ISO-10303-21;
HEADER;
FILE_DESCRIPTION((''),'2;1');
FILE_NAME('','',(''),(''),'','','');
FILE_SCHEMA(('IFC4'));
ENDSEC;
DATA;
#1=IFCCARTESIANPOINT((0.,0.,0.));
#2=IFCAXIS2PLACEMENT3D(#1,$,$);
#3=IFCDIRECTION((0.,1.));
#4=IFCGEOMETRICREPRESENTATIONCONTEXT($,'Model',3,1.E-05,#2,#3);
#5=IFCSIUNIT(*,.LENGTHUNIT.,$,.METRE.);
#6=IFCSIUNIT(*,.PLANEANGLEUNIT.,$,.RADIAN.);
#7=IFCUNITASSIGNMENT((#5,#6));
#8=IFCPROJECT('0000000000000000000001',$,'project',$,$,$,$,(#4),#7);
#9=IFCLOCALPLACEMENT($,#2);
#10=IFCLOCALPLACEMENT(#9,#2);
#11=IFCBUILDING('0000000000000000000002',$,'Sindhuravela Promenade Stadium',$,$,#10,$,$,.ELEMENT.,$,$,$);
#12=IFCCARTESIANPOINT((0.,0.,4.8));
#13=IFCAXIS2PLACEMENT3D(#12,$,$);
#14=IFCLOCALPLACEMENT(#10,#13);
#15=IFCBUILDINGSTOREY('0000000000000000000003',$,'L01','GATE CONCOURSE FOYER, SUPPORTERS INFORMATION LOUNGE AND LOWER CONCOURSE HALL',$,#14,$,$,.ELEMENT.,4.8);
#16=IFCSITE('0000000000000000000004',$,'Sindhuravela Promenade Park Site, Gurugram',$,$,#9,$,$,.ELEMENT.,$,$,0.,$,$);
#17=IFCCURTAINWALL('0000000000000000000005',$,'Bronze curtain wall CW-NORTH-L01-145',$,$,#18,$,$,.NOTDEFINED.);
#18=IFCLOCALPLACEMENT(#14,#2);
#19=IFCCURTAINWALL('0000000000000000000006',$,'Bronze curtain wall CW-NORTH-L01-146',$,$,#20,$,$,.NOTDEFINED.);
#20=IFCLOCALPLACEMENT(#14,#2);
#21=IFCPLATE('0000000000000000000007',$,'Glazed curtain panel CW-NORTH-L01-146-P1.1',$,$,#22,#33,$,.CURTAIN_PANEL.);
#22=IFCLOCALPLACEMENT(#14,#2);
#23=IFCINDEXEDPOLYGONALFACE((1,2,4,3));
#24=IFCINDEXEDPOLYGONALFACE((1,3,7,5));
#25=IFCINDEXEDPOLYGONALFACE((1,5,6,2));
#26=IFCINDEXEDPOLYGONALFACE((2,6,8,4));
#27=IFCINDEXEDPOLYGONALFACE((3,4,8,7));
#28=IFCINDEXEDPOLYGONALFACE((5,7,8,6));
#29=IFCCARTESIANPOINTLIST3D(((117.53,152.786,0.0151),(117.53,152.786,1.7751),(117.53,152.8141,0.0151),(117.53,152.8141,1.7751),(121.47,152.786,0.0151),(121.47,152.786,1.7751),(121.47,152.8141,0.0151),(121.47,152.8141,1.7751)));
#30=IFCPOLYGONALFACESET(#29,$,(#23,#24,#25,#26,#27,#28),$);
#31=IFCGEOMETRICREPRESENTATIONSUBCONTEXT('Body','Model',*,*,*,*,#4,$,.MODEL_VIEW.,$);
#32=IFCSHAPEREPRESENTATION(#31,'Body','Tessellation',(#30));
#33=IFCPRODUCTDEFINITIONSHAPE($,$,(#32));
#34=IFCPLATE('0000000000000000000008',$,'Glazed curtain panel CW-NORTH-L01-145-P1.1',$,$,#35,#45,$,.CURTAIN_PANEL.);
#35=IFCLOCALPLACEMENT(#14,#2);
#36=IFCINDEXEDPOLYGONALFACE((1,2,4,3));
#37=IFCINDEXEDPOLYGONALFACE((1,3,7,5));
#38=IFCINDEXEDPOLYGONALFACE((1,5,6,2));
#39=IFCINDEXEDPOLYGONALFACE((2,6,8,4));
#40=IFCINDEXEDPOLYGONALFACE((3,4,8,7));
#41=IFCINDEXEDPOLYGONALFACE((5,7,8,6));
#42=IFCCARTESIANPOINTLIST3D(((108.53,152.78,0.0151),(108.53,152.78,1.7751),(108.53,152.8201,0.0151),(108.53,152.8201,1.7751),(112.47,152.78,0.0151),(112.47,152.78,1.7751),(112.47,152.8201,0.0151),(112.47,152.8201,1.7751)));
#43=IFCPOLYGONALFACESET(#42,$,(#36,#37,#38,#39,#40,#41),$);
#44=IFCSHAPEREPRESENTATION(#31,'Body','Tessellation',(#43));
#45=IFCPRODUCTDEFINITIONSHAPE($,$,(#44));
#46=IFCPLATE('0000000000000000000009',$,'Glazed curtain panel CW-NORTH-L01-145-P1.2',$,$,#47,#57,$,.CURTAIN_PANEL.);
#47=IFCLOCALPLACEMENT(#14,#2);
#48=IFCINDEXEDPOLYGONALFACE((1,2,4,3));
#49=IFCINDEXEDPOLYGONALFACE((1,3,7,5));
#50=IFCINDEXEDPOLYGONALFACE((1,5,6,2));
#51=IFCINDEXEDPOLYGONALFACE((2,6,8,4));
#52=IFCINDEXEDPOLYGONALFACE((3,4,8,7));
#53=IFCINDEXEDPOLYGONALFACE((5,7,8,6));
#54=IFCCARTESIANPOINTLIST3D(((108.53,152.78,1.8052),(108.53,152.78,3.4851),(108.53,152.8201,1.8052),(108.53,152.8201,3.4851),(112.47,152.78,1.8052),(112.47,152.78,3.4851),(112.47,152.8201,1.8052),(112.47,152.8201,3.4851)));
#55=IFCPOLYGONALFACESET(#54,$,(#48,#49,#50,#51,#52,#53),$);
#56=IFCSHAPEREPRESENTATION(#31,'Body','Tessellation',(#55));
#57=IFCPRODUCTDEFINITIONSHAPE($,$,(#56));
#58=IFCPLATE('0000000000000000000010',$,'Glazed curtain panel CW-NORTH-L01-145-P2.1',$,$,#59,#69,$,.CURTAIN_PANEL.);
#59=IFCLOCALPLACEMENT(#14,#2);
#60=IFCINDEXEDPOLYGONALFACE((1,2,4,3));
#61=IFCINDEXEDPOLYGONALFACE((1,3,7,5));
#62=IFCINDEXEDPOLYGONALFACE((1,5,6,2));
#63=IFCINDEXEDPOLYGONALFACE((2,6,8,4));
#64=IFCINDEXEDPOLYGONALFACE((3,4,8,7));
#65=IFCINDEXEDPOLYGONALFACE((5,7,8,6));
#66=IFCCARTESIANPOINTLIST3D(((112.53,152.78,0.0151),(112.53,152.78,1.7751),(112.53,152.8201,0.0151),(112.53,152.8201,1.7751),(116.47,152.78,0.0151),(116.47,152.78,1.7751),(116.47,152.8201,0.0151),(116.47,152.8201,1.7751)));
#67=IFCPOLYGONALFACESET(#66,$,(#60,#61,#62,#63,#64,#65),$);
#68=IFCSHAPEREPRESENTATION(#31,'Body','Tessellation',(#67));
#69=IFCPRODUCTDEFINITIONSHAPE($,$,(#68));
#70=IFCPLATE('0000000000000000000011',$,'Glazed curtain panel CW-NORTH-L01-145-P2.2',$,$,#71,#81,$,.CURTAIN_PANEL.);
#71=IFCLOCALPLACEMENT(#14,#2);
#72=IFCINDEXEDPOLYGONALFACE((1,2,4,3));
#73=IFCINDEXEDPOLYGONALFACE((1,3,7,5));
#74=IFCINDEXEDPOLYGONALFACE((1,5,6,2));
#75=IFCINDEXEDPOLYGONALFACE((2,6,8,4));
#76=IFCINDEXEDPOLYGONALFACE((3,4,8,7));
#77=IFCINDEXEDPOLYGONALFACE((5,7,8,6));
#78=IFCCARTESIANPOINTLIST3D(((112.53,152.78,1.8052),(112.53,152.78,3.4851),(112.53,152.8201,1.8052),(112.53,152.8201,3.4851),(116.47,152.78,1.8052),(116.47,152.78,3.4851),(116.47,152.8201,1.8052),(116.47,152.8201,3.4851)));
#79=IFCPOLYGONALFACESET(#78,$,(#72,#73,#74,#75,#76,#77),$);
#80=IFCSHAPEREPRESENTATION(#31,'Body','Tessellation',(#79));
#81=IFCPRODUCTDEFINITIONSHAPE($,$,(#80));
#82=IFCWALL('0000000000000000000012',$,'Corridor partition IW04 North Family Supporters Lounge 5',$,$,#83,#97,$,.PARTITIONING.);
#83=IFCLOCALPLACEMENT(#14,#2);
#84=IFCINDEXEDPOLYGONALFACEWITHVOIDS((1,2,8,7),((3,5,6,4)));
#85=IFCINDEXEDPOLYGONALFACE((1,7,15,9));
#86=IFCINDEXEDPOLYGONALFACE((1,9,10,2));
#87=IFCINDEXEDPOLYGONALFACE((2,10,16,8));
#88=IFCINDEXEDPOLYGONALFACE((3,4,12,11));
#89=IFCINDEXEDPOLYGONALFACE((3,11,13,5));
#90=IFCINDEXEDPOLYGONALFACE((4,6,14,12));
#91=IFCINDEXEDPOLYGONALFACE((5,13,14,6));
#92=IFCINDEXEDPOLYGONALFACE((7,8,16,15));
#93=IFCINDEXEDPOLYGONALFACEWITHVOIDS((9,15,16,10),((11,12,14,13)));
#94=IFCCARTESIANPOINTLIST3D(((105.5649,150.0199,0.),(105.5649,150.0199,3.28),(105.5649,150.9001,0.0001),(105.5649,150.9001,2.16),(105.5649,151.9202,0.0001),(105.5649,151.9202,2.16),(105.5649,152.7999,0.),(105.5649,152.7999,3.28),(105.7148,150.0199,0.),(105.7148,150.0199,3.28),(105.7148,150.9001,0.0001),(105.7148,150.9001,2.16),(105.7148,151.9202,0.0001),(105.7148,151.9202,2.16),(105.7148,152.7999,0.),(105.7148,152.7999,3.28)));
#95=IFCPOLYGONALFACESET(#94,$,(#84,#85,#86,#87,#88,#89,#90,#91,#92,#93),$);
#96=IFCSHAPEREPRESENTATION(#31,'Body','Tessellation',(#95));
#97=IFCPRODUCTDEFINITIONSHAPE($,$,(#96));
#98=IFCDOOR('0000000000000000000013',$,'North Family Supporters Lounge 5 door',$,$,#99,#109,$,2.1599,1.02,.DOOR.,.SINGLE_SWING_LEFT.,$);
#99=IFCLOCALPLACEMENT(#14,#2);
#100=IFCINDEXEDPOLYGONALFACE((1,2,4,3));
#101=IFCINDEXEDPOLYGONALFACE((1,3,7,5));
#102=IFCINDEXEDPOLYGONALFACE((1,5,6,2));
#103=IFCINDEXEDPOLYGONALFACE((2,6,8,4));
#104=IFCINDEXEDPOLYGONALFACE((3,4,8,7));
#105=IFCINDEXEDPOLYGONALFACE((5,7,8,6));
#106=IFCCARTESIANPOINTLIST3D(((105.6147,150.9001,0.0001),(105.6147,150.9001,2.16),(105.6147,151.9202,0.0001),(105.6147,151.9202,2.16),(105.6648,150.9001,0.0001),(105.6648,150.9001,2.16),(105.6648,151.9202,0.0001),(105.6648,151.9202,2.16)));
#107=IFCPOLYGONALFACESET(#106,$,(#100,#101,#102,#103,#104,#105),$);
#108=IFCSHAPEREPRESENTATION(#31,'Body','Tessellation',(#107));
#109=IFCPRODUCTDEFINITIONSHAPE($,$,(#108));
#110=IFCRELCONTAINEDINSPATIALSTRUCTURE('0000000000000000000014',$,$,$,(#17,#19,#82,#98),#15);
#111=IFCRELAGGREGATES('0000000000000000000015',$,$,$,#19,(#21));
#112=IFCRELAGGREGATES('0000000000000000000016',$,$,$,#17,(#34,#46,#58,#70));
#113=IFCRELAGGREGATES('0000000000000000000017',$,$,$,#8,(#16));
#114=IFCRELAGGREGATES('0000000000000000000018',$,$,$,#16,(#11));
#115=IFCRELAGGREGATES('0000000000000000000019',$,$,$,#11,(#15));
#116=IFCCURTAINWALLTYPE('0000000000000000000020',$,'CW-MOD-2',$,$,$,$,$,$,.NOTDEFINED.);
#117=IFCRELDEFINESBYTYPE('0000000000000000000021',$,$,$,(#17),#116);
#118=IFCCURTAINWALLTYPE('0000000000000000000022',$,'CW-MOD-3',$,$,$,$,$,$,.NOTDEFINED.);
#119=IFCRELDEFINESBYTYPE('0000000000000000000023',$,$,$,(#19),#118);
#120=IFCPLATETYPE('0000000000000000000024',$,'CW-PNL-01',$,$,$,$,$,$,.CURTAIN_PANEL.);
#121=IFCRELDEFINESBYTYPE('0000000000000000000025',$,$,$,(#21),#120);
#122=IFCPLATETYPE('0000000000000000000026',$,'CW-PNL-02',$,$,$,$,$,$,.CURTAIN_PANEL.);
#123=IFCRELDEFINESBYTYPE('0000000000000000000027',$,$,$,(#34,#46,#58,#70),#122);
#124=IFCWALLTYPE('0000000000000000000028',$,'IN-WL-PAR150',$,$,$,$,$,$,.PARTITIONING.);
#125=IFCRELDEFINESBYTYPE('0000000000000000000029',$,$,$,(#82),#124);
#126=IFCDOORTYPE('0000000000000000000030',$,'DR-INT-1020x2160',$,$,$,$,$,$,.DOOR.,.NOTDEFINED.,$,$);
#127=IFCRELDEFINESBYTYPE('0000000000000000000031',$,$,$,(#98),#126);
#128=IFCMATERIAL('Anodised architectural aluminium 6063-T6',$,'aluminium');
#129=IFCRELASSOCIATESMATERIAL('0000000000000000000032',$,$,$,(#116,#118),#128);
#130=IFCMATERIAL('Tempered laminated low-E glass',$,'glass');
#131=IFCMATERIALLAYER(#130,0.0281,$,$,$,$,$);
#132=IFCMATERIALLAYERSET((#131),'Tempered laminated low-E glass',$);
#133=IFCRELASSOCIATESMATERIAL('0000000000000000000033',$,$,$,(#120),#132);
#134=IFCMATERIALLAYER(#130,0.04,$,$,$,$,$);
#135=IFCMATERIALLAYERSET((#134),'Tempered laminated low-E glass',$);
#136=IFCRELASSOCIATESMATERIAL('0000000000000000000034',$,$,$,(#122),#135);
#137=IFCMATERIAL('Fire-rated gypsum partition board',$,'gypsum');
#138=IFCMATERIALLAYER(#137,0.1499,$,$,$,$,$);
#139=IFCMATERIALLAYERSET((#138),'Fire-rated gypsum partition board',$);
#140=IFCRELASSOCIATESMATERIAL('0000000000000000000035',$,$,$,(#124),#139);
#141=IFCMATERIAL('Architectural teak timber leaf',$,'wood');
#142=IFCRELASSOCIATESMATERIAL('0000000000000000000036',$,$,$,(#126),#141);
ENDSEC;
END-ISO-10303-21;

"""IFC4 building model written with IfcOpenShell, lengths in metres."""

from ifc_helpers import new_model, si_unit, direction, frame, frame_2d, origin, origin_2d, place, context, subcontext, project, spatial, rectangle, extrude, material, layer, layer_set, type_object, element, fill, aggregate, save


model = new_model("IFC4")

# Units and contexts
model_context = context("Model", 3, precision=1e-05, world=origin(), true_north=direction((0.0, 1.0)))
body_context = subcontext(model_context, "Body", "Model", "MODEL_VIEW")
ifc_project = project(units=[si_unit("LENGTHUNIT", "METRE"), si_unit("PLANEANGLEUNIT", "RADIAN")], contexts=[model_context])

# Site, building, storey
site_placement = place(None, origin())
site = spatial("IfcSite", under=ifc_project, at=site_placement, Name="Sindhuravela Promenade Park Site, Gurugram", CompositionType="ELEMENT", RefElevation=0.0)
building_placement = place(site_placement, origin())
building = spatial("IfcBuilding", under=site, at=building_placement, Name="Sindhuravela Promenade Stadium", CompositionType="ELEMENT")
storey_placement = place(building_placement, frame((0.0, 0.0, 4.8)))
storey = spatial("IfcBuildingStorey", under=building, at=storey_placement, Name="L01", Description="GATE CONCOURSE FOYER, SUPPORTERS INFORMATION LOUNGE AND LOWER CONCOURSE HALL", CompositionType="ELEMENT", Elevation=4.8)

# Shared definitions
ifc_material_1 = material(Name="Anodised architectural aluminium 6063-T6", Category="aluminium")

# Curtain wall
curtain_wall_type_1 = type_object("IfcCurtainWallType", Name="CW-MOD-2", PredefinedType="NOTDEFINED", material=ifc_material_1)
curtain_wall_1_placement = place(storey_placement, origin())
curtain_wall_1 = element("IfcCurtainWall", 1, at=curtain_wall_1_placement, inside=storey, type_object=curtain_wall_type_1, Name="Bronze curtain wall CW-NORTH-L01-145", PredefinedType="NOTDEFINED")

# Curtain wall
curtain_wall_type_2 = type_object("IfcCurtainWallType", Name="CW-MOD-3", PredefinedType="NOTDEFINED", material=ifc_material_1)
curtain_wall_2_placement = place(storey_placement, origin())
curtain_wall_2 = element("IfcCurtainWall", 2, at=curtain_wall_2_placement, inside=storey, type_object=curtain_wall_type_2, Name="Bronze curtain wall CW-NORTH-L01-146", PredefinedType="NOTDEFINED")

# Plates
ifc_material_2 = material(Name="Tempered laminated low-E glass", Category="glass")
ifc_layer_1 = layer(ifc_material_2, 0.0281)
ifc_layer_set_1 = layer_set([ifc_layer_1], Name="Tempered laminated low-E glass")
plate_type_1 = type_object("IfcPlateType", Name="CW-PNL-01", PredefinedType="CURTAIN_PANEL", material=ifc_layer_set_1)
plate_1_placement = place(storey_placement, frame((119.5, 152.8, 0.0151), z_axis=(0.0, 0.0, 1.0), x_axis=(1.0, 0.0, 0.0)))
plate_1 = element("IfcPlate", 3, at=plate_1_placement, type_object=plate_type_1, Name="Glazed curtain panel CW-NORTH-L01-146-P1.1", PredefinedType="CURTAIN_PANEL", context=body_context, shape_type="SweptSolid", body=[
    extrude(rectangle(XDim=3.9399, YDim=0.0281, at=origin_2d()), origin(), (0.0, 0.0, 1.0), 1.76),
])
aggregate(curtain_wall_2, [plate_1])
ifc_layer_2 = layer(ifc_material_2, 0.04)
ifc_layer_set_2 = layer_set([ifc_layer_2], Name="Tempered laminated low-E glass")
plate_type_2 = type_object("IfcPlateType", Name="CW-PNL-02", PredefinedType="CURTAIN_PANEL", material=ifc_layer_set_2)
plate_2_placement = place(storey_placement, frame((110.5, 152.8, 0.0151), z_axis=(0.0, 0.0, 1.0), x_axis=(1.0, 0.0, 0.0)))
plate_2 = element("IfcPlate", 4, at=plate_2_placement, type_object=plate_type_2, Name="Glazed curtain panel CW-NORTH-L01-145-P1.1", PredefinedType="CURTAIN_PANEL", context=body_context, shape_type="SweptSolid", body=[
    extrude(rectangle(XDim=3.9399, YDim=0.04, at=origin_2d()), origin(), (0.0, 0.0, 1.0), 1.76),
])
plate_3_placement = place(storey_placement, frame((110.5, 152.8, 1.8052), z_axis=(0.0, 0.0, 1.0), x_axis=(1.0, 0.0, 0.0)))
plate_3 = element("IfcPlate", 5, at=plate_3_placement, type_object=plate_type_2, Name="Glazed curtain panel CW-NORTH-L01-145-P1.2", PredefinedType="CURTAIN_PANEL", context=body_context, shape_type="SweptSolid", body=[
    extrude(rectangle(XDim=3.9399, YDim=0.04, at=origin_2d()), origin(), (0.0, 0.0, 1.0), 1.6799),
])
plate_4_placement = place(storey_placement, frame((114.5, 152.8, 0.0151), z_axis=(0.0, 0.0, 1.0), x_axis=(1.0, 0.0, 0.0)))
plate_4 = element("IfcPlate", 6, at=plate_4_placement, type_object=plate_type_2, Name="Glazed curtain panel CW-NORTH-L01-145-P2.1", PredefinedType="CURTAIN_PANEL", context=body_context, shape_type="SweptSolid", body=[
    extrude(rectangle(XDim=3.9399, YDim=0.04, at=origin_2d()), origin(), (0.0, 0.0, 1.0), 1.76),
])
plate_5_placement = place(storey_placement, frame((114.5, 152.8, 1.8052), z_axis=(0.0, 0.0, 1.0), x_axis=(1.0, 0.0, 0.0)))
plate_5 = element("IfcPlate", 7, at=plate_5_placement, type_object=plate_type_2, Name="Glazed curtain panel CW-NORTH-L01-145-P2.2", PredefinedType="CURTAIN_PANEL", context=body_context, shape_type="SweptSolid", body=[
    extrude(rectangle(XDim=3.9399, YDim=0.04, at=origin_2d()), origin(), (0.0, 0.0, 1.0), 1.6799),
])
aggregate(curtain_wall_1, [plate_2, plate_3, plate_4, plate_5])

# Wall, opening, door
ifc_material_3 = material(Name="Fire-rated gypsum partition board", Category="gypsum")
ifc_layer_3 = layer(ifc_material_3, 0.1499)
ifc_layer_set_3 = layer_set([ifc_layer_3], Name="Fire-rated gypsum partition board")
wall_type = type_object("IfcWallType", Name="IN-WL-PAR150", PredefinedType="PARTITIONING", material=ifc_layer_set_3)
wall_placement = place(storey_placement, frame((105.6399, 152.8, 0.0), z_axis=(0.0, 0.0, 1.0), x_axis=(0.0, -1.0, 0.0)))
wall = element("IfcWall", 8, at=wall_placement, inside=storey, type_object=wall_type, Name="Corridor partition IW04 North Family Supporters Lounge 5", PredefinedType="PARTITIONING", context=body_context, shape_type="SweptSolid", body=[
    extrude(rectangle(XDim=2.78, YDim=0.1499, at=frame_2d((1.3901, 0.0))), origin(), (0.0, 0.0, 1.0), 3.28),
])
opening_placement = place(wall_placement, frame((0.8799, 0.0, 0.0)))
opening = element("IfcOpeningElement", 9, at=opening_placement, cuts=wall, PredefinedType="OPENING", context=body_context, shape_type="SweptSolid", body=[
    extrude(rectangle(XDim=1.02, YDim=2.1599, at=frame_2d((0.51, 1.0801))), frame((0.0, 0.085, 0.0), z_axis=(0.0, -1.0, 0.0), x_axis=(1.0, 0.0, 0.0)), (0.0, 0.0, 1.0), 0.1699),
])
ifc_material_4 = material(Name="Architectural teak timber leaf", Category="wood")
door_type = type_object("IfcDoorType", Name="DR-INT-1020x2160", OperationType="NOTDEFINED", PredefinedType="DOOR", material=ifc_material_4)
door_placement = place(opening_placement, origin())
door = element("IfcDoor", 10, at=door_placement, inside=storey, type_object=door_type, Name="North Family Supporters Lounge 5 door", OperationType="SINGLE_SWING_LEFT", OverallHeight=2.1599, OverallWidth=1.02, PredefinedType="DOOR", context=body_context, shape_type="SweptSolid", body=[
    extrude(rectangle(XDim=1.02, YDim=2.1599, at=frame_2d((0.51, 1.0801))), frame((0.0, 0.0249, 0.0), z_axis=(0.0, -1.0, 0.0), x_axis=(1.0, 0.0, 0.0)), (0.0, 0.0, 1.0), 0.05),
])
fill(opening, door)

save(model, "model.ifc")
